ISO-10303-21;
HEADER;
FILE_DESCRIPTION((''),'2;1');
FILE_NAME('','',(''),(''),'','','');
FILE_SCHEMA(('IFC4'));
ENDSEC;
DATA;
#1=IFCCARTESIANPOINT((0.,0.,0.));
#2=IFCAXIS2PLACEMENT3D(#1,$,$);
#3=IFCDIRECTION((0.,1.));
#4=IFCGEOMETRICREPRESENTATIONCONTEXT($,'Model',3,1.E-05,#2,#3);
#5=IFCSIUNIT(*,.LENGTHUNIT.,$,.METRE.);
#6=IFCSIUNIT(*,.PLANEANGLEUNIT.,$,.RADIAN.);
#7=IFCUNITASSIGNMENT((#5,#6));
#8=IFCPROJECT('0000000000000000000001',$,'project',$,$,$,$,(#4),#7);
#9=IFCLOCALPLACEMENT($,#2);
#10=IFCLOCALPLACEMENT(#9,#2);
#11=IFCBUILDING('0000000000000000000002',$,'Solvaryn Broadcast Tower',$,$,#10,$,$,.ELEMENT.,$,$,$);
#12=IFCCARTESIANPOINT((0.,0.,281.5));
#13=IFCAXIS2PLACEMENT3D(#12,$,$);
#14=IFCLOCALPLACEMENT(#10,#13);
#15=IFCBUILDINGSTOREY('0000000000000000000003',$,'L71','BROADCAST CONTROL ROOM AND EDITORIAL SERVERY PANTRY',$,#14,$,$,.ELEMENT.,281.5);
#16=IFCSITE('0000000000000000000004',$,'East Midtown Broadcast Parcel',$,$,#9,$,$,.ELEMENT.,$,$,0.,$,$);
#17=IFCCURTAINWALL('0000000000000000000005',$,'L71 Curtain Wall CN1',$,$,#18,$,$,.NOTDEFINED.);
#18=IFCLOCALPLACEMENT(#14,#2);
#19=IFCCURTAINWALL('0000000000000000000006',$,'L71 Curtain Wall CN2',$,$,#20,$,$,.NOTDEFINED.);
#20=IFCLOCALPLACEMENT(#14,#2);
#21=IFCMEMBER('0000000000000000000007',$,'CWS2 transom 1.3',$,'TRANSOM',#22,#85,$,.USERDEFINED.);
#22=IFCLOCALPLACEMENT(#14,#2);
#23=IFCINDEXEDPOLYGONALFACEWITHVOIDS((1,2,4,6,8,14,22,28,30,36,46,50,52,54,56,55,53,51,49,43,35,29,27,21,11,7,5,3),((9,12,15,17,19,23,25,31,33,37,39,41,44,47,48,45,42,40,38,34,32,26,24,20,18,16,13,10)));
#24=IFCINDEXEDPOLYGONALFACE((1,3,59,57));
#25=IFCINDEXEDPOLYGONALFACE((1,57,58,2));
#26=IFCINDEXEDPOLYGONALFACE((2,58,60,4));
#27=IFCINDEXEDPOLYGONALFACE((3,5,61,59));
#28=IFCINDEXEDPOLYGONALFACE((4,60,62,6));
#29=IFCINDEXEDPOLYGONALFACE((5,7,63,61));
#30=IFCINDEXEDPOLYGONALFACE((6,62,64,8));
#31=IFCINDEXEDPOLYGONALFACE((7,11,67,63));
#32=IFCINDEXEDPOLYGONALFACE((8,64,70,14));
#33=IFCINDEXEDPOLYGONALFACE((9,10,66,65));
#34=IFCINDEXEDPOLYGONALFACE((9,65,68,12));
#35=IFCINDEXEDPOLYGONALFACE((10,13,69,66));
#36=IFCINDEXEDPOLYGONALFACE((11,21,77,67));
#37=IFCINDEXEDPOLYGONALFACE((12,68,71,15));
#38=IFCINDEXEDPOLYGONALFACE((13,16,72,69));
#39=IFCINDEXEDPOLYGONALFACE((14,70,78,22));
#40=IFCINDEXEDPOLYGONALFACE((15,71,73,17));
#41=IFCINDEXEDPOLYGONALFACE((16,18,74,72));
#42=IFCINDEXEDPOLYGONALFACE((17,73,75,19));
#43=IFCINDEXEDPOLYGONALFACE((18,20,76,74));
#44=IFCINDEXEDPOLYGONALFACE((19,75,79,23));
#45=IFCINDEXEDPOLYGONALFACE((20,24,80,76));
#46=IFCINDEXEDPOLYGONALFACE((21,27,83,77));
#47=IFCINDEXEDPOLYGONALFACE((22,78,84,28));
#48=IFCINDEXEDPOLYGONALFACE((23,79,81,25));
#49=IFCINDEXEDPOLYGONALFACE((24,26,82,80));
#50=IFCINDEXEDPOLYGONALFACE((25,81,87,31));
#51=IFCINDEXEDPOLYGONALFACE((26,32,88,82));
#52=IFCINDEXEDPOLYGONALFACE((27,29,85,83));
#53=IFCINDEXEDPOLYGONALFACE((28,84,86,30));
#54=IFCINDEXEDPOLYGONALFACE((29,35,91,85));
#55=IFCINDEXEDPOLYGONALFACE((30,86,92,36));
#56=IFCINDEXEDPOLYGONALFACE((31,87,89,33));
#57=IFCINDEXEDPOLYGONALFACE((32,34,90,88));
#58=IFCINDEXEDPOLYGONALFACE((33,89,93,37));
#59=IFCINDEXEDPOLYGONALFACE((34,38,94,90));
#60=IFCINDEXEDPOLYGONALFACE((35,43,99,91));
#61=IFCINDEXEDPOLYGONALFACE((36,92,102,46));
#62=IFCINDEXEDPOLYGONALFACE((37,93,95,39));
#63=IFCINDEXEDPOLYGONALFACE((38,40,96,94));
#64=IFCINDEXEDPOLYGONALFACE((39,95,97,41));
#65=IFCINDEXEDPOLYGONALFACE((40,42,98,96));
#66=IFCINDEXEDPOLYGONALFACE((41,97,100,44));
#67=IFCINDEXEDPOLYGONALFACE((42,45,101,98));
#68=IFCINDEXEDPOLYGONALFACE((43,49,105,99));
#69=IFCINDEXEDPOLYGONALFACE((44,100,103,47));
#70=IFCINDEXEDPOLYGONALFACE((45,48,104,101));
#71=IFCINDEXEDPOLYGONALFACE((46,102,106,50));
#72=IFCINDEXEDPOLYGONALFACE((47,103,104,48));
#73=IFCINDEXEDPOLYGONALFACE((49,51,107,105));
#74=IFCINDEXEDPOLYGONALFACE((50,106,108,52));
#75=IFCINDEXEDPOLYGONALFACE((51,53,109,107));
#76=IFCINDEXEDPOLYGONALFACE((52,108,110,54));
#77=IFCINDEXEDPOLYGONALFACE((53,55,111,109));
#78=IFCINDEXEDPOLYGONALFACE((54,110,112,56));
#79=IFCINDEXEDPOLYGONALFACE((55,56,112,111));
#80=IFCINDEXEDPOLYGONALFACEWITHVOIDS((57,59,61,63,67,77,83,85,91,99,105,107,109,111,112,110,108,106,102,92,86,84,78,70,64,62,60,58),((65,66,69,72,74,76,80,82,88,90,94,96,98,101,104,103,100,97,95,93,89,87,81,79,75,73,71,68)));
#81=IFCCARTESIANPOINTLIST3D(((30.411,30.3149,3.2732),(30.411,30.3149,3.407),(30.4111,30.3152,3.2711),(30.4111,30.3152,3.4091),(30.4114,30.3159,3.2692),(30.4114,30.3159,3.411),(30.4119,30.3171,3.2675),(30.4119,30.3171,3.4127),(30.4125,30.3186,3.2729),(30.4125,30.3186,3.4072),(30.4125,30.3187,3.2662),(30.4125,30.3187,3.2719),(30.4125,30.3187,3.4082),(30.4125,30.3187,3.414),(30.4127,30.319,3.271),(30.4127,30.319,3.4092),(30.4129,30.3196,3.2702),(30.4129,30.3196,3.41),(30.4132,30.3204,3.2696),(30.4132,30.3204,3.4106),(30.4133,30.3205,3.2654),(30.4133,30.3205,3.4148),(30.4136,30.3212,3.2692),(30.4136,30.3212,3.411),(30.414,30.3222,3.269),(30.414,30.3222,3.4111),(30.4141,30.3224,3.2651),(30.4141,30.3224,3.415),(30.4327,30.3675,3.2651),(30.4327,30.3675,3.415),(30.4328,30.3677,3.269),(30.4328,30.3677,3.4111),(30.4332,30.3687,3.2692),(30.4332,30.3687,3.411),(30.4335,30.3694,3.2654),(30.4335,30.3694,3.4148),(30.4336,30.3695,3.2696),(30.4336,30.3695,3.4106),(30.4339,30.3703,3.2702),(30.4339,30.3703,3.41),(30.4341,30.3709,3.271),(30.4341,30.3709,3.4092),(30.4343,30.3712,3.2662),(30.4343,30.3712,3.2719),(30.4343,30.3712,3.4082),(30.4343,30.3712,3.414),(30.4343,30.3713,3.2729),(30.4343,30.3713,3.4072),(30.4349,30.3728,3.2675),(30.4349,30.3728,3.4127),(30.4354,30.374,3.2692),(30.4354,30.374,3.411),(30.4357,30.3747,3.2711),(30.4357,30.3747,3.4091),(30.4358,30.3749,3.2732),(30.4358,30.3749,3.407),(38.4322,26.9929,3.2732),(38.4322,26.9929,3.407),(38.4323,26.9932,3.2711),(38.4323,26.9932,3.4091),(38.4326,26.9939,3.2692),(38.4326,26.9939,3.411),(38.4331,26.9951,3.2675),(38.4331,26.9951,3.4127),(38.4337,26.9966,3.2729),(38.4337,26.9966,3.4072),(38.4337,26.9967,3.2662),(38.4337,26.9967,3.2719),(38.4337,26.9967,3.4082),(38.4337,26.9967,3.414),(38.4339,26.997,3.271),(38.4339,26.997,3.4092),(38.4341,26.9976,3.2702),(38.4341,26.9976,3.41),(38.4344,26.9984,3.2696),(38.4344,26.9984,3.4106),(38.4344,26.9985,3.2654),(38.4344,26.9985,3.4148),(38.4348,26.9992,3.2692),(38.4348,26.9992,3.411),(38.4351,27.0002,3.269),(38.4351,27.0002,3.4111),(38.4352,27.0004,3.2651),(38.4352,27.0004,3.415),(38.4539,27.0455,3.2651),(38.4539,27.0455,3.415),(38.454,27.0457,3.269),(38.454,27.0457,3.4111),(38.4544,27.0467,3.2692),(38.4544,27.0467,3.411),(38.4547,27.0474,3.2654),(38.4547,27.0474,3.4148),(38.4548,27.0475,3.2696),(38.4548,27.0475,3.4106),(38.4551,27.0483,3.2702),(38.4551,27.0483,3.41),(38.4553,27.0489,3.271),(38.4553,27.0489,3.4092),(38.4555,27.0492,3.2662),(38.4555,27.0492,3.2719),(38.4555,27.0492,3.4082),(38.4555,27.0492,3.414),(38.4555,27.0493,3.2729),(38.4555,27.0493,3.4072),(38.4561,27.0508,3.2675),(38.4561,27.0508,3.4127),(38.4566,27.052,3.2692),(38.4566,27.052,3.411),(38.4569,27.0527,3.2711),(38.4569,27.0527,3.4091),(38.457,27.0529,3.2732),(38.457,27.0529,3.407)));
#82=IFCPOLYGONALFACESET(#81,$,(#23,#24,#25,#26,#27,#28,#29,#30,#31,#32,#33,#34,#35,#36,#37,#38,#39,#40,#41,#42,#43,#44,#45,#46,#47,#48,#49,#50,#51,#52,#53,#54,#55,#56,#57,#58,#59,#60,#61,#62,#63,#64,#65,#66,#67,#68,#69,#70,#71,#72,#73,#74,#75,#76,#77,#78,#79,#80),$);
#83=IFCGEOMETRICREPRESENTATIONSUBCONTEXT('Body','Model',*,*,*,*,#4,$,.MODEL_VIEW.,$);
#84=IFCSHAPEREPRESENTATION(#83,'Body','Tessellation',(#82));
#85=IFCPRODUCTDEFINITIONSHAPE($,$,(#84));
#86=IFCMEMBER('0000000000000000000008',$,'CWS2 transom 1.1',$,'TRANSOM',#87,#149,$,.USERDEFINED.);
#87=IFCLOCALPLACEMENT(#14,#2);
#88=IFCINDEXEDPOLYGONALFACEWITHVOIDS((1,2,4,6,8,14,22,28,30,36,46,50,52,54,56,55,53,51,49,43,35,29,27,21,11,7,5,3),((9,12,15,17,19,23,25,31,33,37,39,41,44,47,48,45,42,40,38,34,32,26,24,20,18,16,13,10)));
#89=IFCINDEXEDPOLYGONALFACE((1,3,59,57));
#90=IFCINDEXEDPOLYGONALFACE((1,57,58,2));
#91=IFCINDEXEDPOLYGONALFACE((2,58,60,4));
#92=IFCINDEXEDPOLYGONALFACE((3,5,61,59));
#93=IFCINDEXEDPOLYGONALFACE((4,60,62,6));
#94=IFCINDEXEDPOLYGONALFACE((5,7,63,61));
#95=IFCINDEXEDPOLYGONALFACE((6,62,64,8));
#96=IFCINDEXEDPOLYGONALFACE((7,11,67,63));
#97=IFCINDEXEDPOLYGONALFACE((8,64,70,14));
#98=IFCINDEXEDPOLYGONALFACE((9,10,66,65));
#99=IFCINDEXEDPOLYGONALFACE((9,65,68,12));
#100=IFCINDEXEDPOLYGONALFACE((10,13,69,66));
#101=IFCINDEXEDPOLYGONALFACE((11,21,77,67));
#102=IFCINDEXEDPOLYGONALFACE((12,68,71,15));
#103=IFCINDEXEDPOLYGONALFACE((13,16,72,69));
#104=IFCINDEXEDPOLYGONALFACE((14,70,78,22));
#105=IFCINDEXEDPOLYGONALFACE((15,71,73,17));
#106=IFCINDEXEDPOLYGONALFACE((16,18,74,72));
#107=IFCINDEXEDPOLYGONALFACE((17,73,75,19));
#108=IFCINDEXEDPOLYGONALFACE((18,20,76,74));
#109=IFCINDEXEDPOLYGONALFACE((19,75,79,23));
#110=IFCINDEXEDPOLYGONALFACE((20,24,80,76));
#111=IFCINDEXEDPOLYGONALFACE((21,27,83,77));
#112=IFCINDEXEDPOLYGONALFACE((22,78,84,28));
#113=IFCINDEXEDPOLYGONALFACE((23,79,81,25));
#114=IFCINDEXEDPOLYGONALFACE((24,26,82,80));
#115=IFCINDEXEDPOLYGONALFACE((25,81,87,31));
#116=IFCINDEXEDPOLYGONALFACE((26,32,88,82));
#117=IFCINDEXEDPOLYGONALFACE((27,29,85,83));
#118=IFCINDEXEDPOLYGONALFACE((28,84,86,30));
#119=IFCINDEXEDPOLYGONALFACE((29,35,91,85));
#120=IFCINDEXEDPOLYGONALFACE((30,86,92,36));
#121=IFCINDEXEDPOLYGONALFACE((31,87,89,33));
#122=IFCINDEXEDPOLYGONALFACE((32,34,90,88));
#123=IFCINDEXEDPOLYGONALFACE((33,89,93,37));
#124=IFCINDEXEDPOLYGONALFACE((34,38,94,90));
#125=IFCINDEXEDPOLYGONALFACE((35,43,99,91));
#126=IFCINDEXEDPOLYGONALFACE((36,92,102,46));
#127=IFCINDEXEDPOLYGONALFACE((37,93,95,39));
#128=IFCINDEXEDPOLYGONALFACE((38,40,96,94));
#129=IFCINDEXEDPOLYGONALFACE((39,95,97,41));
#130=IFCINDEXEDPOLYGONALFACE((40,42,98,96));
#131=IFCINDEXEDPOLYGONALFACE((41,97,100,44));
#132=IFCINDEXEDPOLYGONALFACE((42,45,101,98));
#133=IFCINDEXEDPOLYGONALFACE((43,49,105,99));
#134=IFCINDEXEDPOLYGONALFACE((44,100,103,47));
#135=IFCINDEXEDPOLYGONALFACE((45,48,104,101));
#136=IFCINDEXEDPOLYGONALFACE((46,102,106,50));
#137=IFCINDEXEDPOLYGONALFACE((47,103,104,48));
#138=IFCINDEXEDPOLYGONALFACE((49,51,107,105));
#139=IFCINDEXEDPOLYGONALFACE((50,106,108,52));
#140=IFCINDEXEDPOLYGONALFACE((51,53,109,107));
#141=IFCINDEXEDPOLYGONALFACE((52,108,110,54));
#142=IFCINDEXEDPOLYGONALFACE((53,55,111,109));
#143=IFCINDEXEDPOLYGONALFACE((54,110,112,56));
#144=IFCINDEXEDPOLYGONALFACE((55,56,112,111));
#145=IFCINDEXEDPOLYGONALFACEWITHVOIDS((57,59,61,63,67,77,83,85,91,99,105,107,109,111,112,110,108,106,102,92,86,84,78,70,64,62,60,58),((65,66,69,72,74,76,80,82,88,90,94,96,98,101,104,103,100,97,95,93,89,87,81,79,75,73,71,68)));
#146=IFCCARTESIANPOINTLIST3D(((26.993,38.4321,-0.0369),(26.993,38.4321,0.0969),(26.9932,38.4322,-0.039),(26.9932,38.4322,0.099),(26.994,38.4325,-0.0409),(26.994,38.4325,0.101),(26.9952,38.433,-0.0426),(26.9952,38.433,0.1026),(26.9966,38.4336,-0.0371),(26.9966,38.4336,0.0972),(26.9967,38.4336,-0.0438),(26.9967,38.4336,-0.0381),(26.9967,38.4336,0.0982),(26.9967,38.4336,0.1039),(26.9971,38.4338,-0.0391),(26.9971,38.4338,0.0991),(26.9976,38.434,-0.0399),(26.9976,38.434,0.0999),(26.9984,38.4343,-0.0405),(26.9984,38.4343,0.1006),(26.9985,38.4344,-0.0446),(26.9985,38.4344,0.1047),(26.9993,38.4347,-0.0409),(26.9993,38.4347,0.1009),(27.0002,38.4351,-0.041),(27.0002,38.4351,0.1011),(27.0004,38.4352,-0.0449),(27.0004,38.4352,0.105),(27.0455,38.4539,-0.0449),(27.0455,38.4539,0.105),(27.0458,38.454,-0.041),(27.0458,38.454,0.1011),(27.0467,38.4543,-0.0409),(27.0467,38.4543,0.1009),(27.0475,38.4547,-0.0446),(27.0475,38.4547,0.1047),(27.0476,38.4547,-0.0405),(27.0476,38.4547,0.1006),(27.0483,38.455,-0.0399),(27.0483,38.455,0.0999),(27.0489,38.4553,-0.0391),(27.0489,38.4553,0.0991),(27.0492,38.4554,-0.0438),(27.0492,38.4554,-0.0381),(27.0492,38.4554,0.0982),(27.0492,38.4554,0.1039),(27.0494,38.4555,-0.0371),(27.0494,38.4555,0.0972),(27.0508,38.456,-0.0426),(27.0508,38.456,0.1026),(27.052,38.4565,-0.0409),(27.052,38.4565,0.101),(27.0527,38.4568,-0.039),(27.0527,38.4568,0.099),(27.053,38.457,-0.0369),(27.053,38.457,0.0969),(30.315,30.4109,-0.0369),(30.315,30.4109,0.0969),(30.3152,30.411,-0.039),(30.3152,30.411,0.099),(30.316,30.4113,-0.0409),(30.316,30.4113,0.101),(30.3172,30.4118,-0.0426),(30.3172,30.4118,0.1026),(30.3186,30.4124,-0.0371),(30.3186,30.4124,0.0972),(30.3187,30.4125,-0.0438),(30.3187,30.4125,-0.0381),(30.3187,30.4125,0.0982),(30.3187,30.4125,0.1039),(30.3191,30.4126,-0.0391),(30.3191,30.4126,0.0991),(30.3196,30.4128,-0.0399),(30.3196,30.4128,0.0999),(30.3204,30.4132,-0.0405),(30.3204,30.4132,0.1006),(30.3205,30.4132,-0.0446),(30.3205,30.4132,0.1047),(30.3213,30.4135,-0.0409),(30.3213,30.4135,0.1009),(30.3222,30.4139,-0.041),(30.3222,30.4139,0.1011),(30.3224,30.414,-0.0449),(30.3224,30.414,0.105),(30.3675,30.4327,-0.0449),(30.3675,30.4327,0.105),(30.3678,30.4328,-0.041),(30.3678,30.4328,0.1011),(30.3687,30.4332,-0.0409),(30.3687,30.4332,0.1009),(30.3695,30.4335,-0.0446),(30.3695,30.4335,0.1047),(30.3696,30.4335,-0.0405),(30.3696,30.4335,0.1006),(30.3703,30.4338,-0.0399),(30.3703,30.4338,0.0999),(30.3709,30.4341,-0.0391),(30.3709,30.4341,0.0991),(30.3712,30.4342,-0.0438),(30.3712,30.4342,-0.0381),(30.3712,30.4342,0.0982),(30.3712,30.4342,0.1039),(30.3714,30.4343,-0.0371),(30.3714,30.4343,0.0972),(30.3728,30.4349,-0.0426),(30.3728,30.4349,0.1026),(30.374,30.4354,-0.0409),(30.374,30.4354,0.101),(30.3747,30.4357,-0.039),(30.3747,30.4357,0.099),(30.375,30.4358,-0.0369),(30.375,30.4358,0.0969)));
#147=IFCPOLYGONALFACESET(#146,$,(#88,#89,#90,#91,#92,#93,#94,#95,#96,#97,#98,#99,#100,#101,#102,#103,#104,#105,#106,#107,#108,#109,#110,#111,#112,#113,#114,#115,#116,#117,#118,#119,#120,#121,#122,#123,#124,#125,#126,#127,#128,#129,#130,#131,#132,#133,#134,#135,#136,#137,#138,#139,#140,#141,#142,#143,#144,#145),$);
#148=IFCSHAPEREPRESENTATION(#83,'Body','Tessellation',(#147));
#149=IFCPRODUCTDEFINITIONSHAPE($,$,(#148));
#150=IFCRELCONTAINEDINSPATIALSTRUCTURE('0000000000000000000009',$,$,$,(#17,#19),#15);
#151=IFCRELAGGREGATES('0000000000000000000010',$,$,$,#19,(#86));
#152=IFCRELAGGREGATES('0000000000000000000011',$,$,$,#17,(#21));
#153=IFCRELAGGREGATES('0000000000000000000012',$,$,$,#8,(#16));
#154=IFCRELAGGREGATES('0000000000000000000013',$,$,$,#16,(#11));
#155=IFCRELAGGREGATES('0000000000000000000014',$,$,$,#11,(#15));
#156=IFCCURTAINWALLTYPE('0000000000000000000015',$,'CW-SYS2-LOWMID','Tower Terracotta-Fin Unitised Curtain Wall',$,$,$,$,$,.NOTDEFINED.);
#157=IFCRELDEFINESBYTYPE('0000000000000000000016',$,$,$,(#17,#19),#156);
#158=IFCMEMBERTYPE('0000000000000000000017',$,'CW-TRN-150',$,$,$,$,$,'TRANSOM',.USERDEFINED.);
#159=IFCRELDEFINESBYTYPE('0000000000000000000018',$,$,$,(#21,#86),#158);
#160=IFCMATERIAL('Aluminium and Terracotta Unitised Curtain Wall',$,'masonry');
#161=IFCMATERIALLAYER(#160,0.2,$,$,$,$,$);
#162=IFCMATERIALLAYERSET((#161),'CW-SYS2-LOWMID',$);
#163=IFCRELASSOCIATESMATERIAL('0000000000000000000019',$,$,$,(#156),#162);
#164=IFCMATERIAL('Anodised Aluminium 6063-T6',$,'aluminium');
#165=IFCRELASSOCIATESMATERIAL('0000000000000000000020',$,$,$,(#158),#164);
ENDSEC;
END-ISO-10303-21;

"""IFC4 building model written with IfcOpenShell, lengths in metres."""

from ifc_helpers import new_model, si_unit, direction, frame, origin, origin_2d, place, context, subcontext, project, spatial, hollow_rectangle, extrude, material, layer, layer_set, material_profile, profile_set, type_object, element, aggregate, save


model = new_model("IFC4")

# Units and contexts
model_context = context("Model", 3, precision=1e-05, world=origin(), true_north=direction((0.0, 1.0)))
body_context = subcontext(model_context, "Body", "Model", "MODEL_VIEW")
ifc_project = project(units=[si_unit("LENGTHUNIT", "METRE"), si_unit("PLANEANGLEUNIT", "RADIAN")], contexts=[model_context])

# Site, building, storey
site_placement = place(None, origin())
site = spatial("IfcSite", under=ifc_project, at=site_placement, Name="East Midtown Broadcast Parcel", CompositionType="ELEMENT", RefElevation=0.0)
building_placement = place(site_placement, origin())
building = spatial("IfcBuilding", under=site, at=building_placement, Name="Solvaryn Broadcast Tower", CompositionType="ELEMENT")
storey_placement = place(building_placement, frame((0.0, 0.0, 281.5)))
storey = spatial("IfcBuildingStorey", under=building, at=storey_placement, Name="L71", Description="BROADCAST CONTROL ROOM AND EDITORIAL SERVERY PANTRY", CompositionType="ELEMENT", Elevation=281.5)

# Curtain wall
ifc_material_1 = material(Name="Aluminium and Terracotta Unitised Curtain Wall", Category="masonry")
ifc_layer_1 = layer(ifc_material_1, 0.2)
ifc_layer_set_1 = layer_set([ifc_layer_1], Name="CW-SYS2-LOWMID")
curtain_wall_type = type_object("IfcCurtainWallType", Name="CW-SYS2-LOWMID", Description="Tower Terracotta-Fin Unitised Curtain Wall", PredefinedType="NOTDEFINED", material=ifc_layer_set_1)
curtain_wall_1_placement = place(storey_placement, origin())
curtain_wall_1 = element("IfcCurtainWall", 1, at=curtain_wall_1_placement, inside=storey, type_object=curtain_wall_type, Name="L71 Curtain Wall CN1", PredefinedType="NOTDEFINED")

# Curtain wall
curtain_wall_2_placement = place(storey_placement, origin())
curtain_wall_2 = element("IfcCurtainWall", 2, at=curtain_wall_2_placement, inside=storey, type_object=curtain_wall_type, Name="L71 Curtain Wall CN2", PredefinedType="NOTDEFINED")

# Members
ifc_material_2 = material(Name="Anodised Aluminium 6063-T6", Category="aluminium")
ifc_material_profile_1 = material_profile(ifc_material_2, hollow_rectangle(XDim=0.0649, YDim=0.1499, WallThickness=0.0039, InnerFilletRadius=0.0039, OuterFilletRadius=0.0081, at=origin_2d()))
ifc_profile_set_1 = profile_set([ifc_material_profile_1], Name="Anodised Aluminium 6063-T6")
member_type_1 = type_object("IfcMemberType", Name="CW-TRN-150", ElementType="TRANSOM", PredefinedType="USERDEFINED", material=ifc_profile_set_1)
member_1_placement = place(storey_placement, frame((38.4446, 27.0229, 3.3401), z_axis=(-0.923899, 0.382636, 0.0), x_axis=(-0.382636, -0.923899, 0.0)))
member_1 = element("IfcMember", 3, at=member_1_placement, type_object=member_type_1, Name="CWS2 transom 1.3", ObjectType="TRANSOM", PredefinedType="USERDEFINED", context=body_context, shape_type="SweptSolid", body=[
    extrude(hollow_rectangle(XDim=0.0649, YDim=0.1499, WallThickness=0.0039, InnerFilletRadius=0.0039, OuterFilletRadius=0.0081, at=origin_2d()), origin(), (0.0, 0.0, 1.0), 8.6819),
])
member_2_placement = place(storey_placement, frame((30.345, 30.4233, 0.03), z_axis=(-0.382636, 0.923899, 0.0), x_axis=(-0.923899, -0.382636, 0.0)))
member_2 = element("IfcMember", 4, at=member_2_placement, type_object=member_type_1, Name="CWS2 transom 1.1", ObjectType="TRANSOM", PredefinedType="USERDEFINED", context=body_context, shape_type="SweptSolid", body=[
    extrude(hollow_rectangle(XDim=0.0649, YDim=0.1499, WallThickness=0.0039, InnerFilletRadius=0.0039, OuterFilletRadius=0.0081, at=origin_2d()), origin(), (0.0, 0.0, 1.0), 8.6819),
])
aggregate(curtain_wall_2, [member_2])

aggregate(curtain_wall_1, [member_1])

save(model, "model.ifc")
